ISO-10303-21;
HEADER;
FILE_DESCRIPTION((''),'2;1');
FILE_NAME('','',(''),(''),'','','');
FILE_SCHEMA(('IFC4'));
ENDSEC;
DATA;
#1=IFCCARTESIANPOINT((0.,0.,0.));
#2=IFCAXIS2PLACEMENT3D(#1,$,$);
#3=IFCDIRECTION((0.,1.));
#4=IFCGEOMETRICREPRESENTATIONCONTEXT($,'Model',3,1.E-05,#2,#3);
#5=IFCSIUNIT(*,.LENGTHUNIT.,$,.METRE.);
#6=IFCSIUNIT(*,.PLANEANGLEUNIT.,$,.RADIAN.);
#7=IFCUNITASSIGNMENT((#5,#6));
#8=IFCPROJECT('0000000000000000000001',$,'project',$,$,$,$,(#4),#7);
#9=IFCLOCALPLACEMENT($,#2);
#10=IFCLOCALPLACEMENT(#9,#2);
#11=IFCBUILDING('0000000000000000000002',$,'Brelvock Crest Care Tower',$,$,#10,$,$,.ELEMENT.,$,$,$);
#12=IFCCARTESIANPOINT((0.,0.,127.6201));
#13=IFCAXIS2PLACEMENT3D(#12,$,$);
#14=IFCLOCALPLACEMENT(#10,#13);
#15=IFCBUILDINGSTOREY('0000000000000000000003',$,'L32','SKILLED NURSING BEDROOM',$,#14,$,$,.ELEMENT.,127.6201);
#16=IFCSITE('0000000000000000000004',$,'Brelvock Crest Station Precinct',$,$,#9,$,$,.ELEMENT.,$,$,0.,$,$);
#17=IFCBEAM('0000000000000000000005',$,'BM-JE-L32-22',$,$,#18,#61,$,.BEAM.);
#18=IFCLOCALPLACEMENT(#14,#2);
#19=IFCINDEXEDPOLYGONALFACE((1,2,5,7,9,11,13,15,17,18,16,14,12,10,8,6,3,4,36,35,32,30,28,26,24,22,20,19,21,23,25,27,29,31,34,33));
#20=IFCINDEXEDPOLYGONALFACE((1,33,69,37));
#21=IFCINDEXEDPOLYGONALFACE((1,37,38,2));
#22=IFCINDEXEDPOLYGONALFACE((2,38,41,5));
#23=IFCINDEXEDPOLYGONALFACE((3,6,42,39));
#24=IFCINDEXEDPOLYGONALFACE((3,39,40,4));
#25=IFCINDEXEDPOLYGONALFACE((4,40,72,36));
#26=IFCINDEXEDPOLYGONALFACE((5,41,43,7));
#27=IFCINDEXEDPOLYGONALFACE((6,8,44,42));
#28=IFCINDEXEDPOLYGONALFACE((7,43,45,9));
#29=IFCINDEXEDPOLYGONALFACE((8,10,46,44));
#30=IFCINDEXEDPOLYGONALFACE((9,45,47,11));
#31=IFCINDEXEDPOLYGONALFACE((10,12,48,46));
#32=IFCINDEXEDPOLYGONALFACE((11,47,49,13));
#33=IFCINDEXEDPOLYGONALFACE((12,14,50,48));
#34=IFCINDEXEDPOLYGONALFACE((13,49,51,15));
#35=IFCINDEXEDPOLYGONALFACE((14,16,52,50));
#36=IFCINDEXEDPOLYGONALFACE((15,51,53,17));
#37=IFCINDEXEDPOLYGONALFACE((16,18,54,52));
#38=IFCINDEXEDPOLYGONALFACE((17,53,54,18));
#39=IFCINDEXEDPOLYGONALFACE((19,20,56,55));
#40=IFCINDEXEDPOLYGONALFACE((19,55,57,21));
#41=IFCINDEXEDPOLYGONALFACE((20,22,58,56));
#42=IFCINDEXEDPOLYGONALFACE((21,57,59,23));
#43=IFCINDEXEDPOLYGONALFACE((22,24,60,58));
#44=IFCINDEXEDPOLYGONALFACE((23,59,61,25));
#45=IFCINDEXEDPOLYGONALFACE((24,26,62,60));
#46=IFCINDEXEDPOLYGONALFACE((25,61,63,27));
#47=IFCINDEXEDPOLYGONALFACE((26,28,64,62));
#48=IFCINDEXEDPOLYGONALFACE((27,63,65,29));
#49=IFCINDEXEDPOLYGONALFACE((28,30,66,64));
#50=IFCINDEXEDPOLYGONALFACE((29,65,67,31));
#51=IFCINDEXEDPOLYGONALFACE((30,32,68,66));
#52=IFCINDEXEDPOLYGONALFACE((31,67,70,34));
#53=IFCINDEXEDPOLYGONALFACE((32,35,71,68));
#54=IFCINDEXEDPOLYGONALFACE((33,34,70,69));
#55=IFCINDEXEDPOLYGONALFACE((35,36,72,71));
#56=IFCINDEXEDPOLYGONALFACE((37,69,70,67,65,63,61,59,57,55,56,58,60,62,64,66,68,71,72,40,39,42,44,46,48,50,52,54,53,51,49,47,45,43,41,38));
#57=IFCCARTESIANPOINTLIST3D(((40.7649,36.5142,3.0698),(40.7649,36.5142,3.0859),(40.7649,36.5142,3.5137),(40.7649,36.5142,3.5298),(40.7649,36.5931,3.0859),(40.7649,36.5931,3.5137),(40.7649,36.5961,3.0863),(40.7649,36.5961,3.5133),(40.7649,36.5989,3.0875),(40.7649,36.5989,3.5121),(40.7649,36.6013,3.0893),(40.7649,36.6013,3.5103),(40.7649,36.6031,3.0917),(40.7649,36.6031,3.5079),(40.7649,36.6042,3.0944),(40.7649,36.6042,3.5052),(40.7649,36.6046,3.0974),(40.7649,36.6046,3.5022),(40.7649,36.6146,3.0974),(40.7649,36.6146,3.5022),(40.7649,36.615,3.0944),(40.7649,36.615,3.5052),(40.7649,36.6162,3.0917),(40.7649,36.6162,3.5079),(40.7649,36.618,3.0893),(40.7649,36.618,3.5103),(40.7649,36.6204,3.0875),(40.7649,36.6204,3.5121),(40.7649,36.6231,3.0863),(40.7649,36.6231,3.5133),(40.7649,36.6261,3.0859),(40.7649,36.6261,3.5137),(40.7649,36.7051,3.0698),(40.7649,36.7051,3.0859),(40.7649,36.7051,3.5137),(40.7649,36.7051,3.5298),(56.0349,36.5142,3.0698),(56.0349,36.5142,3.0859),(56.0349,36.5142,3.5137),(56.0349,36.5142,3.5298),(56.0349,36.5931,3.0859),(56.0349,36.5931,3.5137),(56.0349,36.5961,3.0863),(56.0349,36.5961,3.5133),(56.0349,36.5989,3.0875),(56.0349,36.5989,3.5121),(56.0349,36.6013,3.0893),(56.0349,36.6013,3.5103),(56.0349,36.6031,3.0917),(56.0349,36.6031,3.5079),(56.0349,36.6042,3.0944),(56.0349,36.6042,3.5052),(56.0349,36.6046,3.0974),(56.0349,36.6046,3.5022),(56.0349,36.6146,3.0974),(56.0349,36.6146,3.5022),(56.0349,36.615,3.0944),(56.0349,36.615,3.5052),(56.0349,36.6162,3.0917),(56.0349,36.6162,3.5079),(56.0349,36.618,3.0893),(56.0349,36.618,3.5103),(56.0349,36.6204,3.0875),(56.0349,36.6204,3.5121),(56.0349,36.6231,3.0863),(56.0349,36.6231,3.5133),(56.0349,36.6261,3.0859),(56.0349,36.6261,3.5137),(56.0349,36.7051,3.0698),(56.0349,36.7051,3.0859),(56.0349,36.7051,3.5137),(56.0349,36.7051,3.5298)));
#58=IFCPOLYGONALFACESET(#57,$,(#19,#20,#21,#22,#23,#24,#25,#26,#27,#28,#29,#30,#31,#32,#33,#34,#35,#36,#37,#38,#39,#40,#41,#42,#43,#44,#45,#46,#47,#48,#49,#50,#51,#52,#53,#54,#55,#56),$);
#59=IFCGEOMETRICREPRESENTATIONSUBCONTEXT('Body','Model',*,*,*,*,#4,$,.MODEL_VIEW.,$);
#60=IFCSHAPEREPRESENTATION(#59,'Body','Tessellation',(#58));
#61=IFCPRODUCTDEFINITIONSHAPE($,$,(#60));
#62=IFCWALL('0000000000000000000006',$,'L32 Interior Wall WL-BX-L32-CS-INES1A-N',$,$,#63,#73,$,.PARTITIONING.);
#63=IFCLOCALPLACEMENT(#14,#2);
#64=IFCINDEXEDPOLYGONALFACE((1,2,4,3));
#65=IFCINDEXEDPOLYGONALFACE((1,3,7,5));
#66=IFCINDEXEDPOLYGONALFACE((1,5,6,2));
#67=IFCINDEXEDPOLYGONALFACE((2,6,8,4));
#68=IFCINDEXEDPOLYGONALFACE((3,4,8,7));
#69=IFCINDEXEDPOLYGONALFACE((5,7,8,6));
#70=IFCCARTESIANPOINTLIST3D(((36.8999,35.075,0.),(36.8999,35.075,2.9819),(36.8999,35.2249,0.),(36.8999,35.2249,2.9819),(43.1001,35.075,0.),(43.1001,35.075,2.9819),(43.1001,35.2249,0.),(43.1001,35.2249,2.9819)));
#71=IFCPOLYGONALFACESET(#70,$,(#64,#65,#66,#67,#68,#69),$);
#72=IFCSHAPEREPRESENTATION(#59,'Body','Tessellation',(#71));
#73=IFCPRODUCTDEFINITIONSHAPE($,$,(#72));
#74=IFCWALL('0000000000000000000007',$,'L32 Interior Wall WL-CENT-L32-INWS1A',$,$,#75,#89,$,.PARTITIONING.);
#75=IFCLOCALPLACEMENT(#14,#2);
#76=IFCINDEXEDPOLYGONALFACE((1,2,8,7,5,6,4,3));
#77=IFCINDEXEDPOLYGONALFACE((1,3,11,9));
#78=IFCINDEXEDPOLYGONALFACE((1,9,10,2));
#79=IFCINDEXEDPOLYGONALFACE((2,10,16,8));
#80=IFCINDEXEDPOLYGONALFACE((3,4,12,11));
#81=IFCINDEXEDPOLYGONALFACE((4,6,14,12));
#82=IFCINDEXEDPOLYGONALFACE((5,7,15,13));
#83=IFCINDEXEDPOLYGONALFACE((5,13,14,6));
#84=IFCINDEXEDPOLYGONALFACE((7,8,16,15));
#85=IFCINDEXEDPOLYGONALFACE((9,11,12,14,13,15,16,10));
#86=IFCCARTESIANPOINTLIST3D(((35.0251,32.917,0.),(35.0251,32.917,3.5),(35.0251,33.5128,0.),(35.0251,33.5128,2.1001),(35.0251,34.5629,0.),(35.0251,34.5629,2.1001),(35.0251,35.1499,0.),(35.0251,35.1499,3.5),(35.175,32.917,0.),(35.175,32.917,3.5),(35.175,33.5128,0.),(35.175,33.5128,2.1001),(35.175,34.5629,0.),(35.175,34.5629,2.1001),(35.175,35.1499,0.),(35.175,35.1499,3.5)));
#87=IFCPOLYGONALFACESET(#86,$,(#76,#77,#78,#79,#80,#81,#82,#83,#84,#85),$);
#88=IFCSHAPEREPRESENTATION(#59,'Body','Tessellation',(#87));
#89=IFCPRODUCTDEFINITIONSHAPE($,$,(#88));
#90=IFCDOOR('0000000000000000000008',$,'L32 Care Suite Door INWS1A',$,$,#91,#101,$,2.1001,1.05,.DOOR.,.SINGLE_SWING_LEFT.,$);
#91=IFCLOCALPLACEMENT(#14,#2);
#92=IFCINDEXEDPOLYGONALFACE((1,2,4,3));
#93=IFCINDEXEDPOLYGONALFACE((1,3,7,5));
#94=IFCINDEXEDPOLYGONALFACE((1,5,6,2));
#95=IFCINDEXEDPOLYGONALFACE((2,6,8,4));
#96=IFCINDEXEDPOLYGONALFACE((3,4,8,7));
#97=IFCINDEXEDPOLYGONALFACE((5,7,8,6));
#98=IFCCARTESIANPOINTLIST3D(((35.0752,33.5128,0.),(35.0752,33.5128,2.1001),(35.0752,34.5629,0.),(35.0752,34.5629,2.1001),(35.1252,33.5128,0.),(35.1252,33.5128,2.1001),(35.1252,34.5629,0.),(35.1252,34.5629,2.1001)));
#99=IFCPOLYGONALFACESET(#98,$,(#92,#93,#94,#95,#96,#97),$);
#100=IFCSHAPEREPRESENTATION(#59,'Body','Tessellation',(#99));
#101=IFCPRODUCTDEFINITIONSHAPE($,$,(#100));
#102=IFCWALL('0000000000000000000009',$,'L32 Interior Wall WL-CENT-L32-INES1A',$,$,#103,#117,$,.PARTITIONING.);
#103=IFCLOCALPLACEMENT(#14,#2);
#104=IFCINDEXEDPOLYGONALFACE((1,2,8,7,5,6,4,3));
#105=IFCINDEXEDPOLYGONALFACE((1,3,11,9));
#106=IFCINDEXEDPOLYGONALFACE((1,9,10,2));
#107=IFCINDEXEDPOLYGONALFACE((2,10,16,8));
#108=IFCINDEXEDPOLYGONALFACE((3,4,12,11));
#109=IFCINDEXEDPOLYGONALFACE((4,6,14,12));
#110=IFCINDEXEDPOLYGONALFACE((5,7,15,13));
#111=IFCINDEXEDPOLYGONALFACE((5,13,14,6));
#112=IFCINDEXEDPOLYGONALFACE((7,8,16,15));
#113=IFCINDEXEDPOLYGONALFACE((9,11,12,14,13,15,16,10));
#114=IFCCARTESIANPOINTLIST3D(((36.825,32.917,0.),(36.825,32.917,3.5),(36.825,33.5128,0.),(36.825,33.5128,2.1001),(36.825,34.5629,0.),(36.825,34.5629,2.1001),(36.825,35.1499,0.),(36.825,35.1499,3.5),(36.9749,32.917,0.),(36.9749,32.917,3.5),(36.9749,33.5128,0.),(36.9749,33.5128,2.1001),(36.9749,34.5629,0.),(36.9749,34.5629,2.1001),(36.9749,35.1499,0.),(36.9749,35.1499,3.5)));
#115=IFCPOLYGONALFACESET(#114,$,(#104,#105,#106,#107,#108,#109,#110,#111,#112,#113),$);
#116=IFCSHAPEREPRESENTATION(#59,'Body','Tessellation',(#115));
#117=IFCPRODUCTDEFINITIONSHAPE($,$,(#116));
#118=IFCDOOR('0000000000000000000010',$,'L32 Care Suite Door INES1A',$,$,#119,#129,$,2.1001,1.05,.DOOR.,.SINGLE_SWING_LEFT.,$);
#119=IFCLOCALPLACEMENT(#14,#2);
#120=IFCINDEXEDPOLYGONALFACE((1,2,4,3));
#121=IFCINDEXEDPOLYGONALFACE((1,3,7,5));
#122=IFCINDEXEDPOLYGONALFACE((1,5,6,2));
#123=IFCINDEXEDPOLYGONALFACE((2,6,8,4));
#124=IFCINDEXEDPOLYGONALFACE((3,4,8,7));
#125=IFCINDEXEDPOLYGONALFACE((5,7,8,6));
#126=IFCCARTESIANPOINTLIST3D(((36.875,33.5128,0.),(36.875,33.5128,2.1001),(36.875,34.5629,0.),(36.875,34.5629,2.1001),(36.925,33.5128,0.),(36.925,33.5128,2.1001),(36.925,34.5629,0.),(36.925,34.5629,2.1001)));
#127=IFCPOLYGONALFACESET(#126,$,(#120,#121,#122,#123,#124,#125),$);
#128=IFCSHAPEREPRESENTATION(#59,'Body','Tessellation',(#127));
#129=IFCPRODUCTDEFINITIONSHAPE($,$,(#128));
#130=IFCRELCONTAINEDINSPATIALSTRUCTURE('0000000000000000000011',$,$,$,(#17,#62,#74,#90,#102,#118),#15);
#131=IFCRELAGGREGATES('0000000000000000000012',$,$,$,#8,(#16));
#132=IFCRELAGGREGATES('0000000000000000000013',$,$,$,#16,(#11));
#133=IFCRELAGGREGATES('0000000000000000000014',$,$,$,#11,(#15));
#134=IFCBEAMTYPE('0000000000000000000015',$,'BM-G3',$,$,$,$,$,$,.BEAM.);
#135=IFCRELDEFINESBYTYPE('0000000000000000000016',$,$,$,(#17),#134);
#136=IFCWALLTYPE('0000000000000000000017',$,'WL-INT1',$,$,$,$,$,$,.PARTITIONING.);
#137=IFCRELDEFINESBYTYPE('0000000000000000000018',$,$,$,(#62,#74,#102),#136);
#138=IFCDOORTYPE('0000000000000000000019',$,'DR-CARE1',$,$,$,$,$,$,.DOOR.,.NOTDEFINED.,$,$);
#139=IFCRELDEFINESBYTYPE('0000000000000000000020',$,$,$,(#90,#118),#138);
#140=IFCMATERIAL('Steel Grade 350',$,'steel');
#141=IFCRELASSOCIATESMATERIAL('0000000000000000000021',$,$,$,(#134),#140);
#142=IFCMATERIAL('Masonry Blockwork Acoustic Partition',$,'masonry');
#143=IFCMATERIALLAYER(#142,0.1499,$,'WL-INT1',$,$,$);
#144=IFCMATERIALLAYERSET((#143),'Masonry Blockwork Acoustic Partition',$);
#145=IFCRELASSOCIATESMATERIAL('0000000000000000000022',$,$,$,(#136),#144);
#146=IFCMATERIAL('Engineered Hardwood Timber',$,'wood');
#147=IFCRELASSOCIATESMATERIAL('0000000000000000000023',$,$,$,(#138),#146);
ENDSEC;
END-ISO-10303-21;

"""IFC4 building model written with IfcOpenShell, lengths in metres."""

from ifc_helpers import new_model, si_unit, direction, frame, frame_2d, origin, origin_2d, place, context, subcontext, project, spatial, rectangle, i_section, extrude, source, transform, mapped, material, layer, layer_set, material_profile, profile_set, type_object, element, fill, save


model = new_model("IFC4")

# Units and contexts
model_context = context("Model", 3, precision=1e-05, world=origin(), true_north=direction((0.0, 1.0)))
body_context = subcontext(model_context, "Body", "Model", "MODEL_VIEW")
ifc_project = project(units=[si_unit("LENGTHUNIT", "METRE"), si_unit("PLANEANGLEUNIT", "RADIAN")], contexts=[model_context])

# Site, building, storey
site_placement = place(None, origin())
site = spatial("IfcSite", under=ifc_project, at=site_placement, Name="Brelvock Crest Station Precinct", CompositionType="ELEMENT", RefElevation=0.0)
building_placement = place(site_placement, origin())
building = spatial("IfcBuilding", under=site, at=building_placement, Name="Brelvock Crest Care Tower", CompositionType="ELEMENT")
storey_placement = place(building_placement, frame((0.0, 0.0, 127.6201)))
storey = spatial("IfcBuildingStorey", under=building, at=storey_placement, Name="L32", Description="SKILLED NURSING BEDROOM", CompositionType="ELEMENT", Elevation=127.6201)

# Beam
ifc_material_1 = material(Name="Steel Grade 350", Category="steel")
ifc_material_profile_1 = material_profile(ifc_material_1, i_section(OverallWidth=0.1909, OverallDepth=0.46, WebThickness=0.01, FlangeThickness=0.0161, FilletRadius=0.0115, at=origin_2d()), Name="460UB82.1")
ifc_profile_set_1 = profile_set([ifc_material_profile_1], Name="Steel Grade 350")
beam_type_1 = type_object("IfcBeamType", Name="BM-G3", PredefinedType="BEAM", material=ifc_profile_set_1)
shared_shape_1 = source(origin(), body_context, "Body", "SweptSolid", [
    extrude(i_section(OverallWidth=0.1909, OverallDepth=0.46, WebThickness=0.01, FlangeThickness=0.0161, FilletRadius=0.0115, at=origin_2d()), origin(), (0.0, 0.0, 1.0), 15.27),
])
for number, where, z_axis, x_axis, name in (
    (1, (40.7649, 36.6096, 3.2998), (1.0, 0.0, 0.0), (0.0, 1.0, 0.0), "BM-JE-L32-22"),
):
    element("IfcBeam", number, at=place(storey_placement, frame(where, z_axis=z_axis, x_axis=x_axis)), inside=storey, type_object=beam_type_1, Name=name, PredefinedType="BEAM", context=body_context, shape_type="MappedRepresentation", body=[
        mapped(shared_shape_1, transform((0.0, 0.0, 0.0), x_axis=(1.0, 0.0, 0.0), y_axis=(0.0, 1.0, 0.0), z_axis=(0.0, 0.0, 1.0), scale=1.0)),
    ])

# Wall
ifc_material_2 = material(Name="Masonry Blockwork Acoustic Partition", Category="masonry")
ifc_layer = layer(ifc_material_2, 0.1499, Name="WL-INT1")
ifc_layer_set = layer_set([ifc_layer], Name="Masonry Blockwork Acoustic Partition")
wall_type = type_object("IfcWallType", Name="WL-INT1", PredefinedType="PARTITIONING", material=ifc_layer_set)
wall_1_placement = place(storey_placement, frame((36.8999, 35.1499, 0.0), z_axis=(0.0, 0.0, 1.0), x_axis=(1.0, 0.0, 0.0)))
element("IfcWall", 2, at=wall_1_placement, inside=storey, type_object=wall_type, Name="L32 Interior Wall WL-BX-L32-CS-INES1A-N", PredefinedType="PARTITIONING", context=body_context, shape_type="SweptSolid", body=[
    extrude(rectangle(XDim=6.2002, YDim=0.1499, at=frame_2d((3.1001, 0.0))), origin(), (0.0, 0.0, 1.0), 2.9819),
])

# Walls, openings, doors
wall_2_placement = place(storey_placement, frame((35.1001, 32.917, 0.0), z_axis=(0.0, 0.0, 1.0), x_axis=(0.0, 1.0, 0.0)))
wall_2 = element("IfcWall", 3, at=wall_2_placement, inside=storey, type_object=wall_type, Name="L32 Interior Wall WL-CENT-L32-INWS1A", PredefinedType="PARTITIONING", context=body_context, shape_type="SweptSolid", body=[
    extrude(rectangle(XDim=2.2329, YDim=0.1499, at=frame_2d((1.1165, 0.0))), origin(), (0.0, 0.0, 1.0), 3.5),
])
opening_1_placement = place(wall_2_placement, frame((0.5959, 0.0, 0.0)))
opening_1 = element("IfcOpeningElement", 4, at=opening_1_placement, cuts=wall_2, PredefinedType="OPENING", context=body_context, shape_type="SweptSolid", body=[
    extrude(rectangle(XDim=1.05, YDim=2.1001, at=origin_2d()), frame((0.5249, 0.085, 1.05), z_axis=(0.0, -1.0, 0.0), x_axis=(1.0, 0.0, 0.0)), (0.0, 0.0, 1.0), 0.1699),
])
ifc_material_3 = material(Name="Engineered Hardwood Timber", Category="wood")
door_type = type_object("IfcDoorType", Name="DR-CARE1", OperationType="NOTDEFINED", PredefinedType="DOOR", material=ifc_material_3)
shared_shape_2 = source(origin(), body_context, "Body", "SweptSolid", [
    extrude(rectangle(XDim=1.05, YDim=2.1001, at=origin_2d()), frame((0.5249, 0.0249, 1.05), z_axis=(0.0, -1.0, 0.0), x_axis=(1.0, 0.0, 0.0)), (0.0, 0.0, 1.0), 0.05),
])
door_1_placement = place(opening_1_placement, origin())
door_1 = element("IfcDoor", 5, at=door_1_placement, inside=storey, type_object=door_type, Name="L32 Care Suite Door INWS1A", OperationType="SINGLE_SWING_LEFT", OverallHeight=2.1001, OverallWidth=1.05, PredefinedType="DOOR", context=body_context, shape_type="MappedRepresentation", body=[
    mapped(shared_shape_2, transform((0.0, 0.0, 0.0), x_axis=(1.0, 0.0, 0.0), y_axis=(0.0, 1.0, 0.0), z_axis=(0.0, 0.0, 1.0), scale=1.0)),
])
fill(opening_1, door_1)
wall_3_placement = place(storey_placement, frame((36.8999, 32.917, 0.0), z_axis=(0.0, 0.0, 1.0), x_axis=(0.0, 1.0, 0.0)))
wall_3 = element("IfcWall", 6, at=wall_3_placement, inside=storey, type_object=wall_type, Name="L32 Interior Wall WL-CENT-L32-INES1A", PredefinedType="PARTITIONING", context=body_context, shape_type="SweptSolid", body=[
    extrude(rectangle(XDim=2.2329, YDim=0.1499, at=frame_2d((1.1165, 0.0))), origin(), (0.0, 0.0, 1.0), 3.5),
])
opening_2_placement = place(wall_3_placement, frame((0.5959, 0.0, 0.0)))
opening_2 = element("IfcOpeningElement", 7, at=opening_2_placement, cuts=wall_3, PredefinedType="OPENING", context=body_context, shape_type="SweptSolid", body=[
    extrude(rectangle(XDim=1.05, YDim=2.1001, at=origin_2d()), frame((0.5249, 0.085, 1.05), z_axis=(0.0, -1.0, 0.0), x_axis=(1.0, 0.0, 0.0)), (0.0, 0.0, 1.0), 0.1699),
])
door_2_placement = place(opening_2_placement, origin())
door_2 = element("IfcDoor", 8, at=door_2_placement, inside=storey, type_object=door_type, Name="L32 Care Suite Door INES1A", OperationType="SINGLE_SWING_LEFT", OverallHeight=2.1001, OverallWidth=1.05, PredefinedType="DOOR", context=body_context, shape_type="MappedRepresentation", body=[
    mapped(shared_shape_2, transform((0.0, 0.0, 0.0), x_axis=(1.0, 0.0, 0.0), y_axis=(0.0, 1.0, 0.0), z_axis=(0.0, 0.0, 1.0), scale=1.0)),
])
fill(opening_2, door_2)

save(model, "model.ifc")
